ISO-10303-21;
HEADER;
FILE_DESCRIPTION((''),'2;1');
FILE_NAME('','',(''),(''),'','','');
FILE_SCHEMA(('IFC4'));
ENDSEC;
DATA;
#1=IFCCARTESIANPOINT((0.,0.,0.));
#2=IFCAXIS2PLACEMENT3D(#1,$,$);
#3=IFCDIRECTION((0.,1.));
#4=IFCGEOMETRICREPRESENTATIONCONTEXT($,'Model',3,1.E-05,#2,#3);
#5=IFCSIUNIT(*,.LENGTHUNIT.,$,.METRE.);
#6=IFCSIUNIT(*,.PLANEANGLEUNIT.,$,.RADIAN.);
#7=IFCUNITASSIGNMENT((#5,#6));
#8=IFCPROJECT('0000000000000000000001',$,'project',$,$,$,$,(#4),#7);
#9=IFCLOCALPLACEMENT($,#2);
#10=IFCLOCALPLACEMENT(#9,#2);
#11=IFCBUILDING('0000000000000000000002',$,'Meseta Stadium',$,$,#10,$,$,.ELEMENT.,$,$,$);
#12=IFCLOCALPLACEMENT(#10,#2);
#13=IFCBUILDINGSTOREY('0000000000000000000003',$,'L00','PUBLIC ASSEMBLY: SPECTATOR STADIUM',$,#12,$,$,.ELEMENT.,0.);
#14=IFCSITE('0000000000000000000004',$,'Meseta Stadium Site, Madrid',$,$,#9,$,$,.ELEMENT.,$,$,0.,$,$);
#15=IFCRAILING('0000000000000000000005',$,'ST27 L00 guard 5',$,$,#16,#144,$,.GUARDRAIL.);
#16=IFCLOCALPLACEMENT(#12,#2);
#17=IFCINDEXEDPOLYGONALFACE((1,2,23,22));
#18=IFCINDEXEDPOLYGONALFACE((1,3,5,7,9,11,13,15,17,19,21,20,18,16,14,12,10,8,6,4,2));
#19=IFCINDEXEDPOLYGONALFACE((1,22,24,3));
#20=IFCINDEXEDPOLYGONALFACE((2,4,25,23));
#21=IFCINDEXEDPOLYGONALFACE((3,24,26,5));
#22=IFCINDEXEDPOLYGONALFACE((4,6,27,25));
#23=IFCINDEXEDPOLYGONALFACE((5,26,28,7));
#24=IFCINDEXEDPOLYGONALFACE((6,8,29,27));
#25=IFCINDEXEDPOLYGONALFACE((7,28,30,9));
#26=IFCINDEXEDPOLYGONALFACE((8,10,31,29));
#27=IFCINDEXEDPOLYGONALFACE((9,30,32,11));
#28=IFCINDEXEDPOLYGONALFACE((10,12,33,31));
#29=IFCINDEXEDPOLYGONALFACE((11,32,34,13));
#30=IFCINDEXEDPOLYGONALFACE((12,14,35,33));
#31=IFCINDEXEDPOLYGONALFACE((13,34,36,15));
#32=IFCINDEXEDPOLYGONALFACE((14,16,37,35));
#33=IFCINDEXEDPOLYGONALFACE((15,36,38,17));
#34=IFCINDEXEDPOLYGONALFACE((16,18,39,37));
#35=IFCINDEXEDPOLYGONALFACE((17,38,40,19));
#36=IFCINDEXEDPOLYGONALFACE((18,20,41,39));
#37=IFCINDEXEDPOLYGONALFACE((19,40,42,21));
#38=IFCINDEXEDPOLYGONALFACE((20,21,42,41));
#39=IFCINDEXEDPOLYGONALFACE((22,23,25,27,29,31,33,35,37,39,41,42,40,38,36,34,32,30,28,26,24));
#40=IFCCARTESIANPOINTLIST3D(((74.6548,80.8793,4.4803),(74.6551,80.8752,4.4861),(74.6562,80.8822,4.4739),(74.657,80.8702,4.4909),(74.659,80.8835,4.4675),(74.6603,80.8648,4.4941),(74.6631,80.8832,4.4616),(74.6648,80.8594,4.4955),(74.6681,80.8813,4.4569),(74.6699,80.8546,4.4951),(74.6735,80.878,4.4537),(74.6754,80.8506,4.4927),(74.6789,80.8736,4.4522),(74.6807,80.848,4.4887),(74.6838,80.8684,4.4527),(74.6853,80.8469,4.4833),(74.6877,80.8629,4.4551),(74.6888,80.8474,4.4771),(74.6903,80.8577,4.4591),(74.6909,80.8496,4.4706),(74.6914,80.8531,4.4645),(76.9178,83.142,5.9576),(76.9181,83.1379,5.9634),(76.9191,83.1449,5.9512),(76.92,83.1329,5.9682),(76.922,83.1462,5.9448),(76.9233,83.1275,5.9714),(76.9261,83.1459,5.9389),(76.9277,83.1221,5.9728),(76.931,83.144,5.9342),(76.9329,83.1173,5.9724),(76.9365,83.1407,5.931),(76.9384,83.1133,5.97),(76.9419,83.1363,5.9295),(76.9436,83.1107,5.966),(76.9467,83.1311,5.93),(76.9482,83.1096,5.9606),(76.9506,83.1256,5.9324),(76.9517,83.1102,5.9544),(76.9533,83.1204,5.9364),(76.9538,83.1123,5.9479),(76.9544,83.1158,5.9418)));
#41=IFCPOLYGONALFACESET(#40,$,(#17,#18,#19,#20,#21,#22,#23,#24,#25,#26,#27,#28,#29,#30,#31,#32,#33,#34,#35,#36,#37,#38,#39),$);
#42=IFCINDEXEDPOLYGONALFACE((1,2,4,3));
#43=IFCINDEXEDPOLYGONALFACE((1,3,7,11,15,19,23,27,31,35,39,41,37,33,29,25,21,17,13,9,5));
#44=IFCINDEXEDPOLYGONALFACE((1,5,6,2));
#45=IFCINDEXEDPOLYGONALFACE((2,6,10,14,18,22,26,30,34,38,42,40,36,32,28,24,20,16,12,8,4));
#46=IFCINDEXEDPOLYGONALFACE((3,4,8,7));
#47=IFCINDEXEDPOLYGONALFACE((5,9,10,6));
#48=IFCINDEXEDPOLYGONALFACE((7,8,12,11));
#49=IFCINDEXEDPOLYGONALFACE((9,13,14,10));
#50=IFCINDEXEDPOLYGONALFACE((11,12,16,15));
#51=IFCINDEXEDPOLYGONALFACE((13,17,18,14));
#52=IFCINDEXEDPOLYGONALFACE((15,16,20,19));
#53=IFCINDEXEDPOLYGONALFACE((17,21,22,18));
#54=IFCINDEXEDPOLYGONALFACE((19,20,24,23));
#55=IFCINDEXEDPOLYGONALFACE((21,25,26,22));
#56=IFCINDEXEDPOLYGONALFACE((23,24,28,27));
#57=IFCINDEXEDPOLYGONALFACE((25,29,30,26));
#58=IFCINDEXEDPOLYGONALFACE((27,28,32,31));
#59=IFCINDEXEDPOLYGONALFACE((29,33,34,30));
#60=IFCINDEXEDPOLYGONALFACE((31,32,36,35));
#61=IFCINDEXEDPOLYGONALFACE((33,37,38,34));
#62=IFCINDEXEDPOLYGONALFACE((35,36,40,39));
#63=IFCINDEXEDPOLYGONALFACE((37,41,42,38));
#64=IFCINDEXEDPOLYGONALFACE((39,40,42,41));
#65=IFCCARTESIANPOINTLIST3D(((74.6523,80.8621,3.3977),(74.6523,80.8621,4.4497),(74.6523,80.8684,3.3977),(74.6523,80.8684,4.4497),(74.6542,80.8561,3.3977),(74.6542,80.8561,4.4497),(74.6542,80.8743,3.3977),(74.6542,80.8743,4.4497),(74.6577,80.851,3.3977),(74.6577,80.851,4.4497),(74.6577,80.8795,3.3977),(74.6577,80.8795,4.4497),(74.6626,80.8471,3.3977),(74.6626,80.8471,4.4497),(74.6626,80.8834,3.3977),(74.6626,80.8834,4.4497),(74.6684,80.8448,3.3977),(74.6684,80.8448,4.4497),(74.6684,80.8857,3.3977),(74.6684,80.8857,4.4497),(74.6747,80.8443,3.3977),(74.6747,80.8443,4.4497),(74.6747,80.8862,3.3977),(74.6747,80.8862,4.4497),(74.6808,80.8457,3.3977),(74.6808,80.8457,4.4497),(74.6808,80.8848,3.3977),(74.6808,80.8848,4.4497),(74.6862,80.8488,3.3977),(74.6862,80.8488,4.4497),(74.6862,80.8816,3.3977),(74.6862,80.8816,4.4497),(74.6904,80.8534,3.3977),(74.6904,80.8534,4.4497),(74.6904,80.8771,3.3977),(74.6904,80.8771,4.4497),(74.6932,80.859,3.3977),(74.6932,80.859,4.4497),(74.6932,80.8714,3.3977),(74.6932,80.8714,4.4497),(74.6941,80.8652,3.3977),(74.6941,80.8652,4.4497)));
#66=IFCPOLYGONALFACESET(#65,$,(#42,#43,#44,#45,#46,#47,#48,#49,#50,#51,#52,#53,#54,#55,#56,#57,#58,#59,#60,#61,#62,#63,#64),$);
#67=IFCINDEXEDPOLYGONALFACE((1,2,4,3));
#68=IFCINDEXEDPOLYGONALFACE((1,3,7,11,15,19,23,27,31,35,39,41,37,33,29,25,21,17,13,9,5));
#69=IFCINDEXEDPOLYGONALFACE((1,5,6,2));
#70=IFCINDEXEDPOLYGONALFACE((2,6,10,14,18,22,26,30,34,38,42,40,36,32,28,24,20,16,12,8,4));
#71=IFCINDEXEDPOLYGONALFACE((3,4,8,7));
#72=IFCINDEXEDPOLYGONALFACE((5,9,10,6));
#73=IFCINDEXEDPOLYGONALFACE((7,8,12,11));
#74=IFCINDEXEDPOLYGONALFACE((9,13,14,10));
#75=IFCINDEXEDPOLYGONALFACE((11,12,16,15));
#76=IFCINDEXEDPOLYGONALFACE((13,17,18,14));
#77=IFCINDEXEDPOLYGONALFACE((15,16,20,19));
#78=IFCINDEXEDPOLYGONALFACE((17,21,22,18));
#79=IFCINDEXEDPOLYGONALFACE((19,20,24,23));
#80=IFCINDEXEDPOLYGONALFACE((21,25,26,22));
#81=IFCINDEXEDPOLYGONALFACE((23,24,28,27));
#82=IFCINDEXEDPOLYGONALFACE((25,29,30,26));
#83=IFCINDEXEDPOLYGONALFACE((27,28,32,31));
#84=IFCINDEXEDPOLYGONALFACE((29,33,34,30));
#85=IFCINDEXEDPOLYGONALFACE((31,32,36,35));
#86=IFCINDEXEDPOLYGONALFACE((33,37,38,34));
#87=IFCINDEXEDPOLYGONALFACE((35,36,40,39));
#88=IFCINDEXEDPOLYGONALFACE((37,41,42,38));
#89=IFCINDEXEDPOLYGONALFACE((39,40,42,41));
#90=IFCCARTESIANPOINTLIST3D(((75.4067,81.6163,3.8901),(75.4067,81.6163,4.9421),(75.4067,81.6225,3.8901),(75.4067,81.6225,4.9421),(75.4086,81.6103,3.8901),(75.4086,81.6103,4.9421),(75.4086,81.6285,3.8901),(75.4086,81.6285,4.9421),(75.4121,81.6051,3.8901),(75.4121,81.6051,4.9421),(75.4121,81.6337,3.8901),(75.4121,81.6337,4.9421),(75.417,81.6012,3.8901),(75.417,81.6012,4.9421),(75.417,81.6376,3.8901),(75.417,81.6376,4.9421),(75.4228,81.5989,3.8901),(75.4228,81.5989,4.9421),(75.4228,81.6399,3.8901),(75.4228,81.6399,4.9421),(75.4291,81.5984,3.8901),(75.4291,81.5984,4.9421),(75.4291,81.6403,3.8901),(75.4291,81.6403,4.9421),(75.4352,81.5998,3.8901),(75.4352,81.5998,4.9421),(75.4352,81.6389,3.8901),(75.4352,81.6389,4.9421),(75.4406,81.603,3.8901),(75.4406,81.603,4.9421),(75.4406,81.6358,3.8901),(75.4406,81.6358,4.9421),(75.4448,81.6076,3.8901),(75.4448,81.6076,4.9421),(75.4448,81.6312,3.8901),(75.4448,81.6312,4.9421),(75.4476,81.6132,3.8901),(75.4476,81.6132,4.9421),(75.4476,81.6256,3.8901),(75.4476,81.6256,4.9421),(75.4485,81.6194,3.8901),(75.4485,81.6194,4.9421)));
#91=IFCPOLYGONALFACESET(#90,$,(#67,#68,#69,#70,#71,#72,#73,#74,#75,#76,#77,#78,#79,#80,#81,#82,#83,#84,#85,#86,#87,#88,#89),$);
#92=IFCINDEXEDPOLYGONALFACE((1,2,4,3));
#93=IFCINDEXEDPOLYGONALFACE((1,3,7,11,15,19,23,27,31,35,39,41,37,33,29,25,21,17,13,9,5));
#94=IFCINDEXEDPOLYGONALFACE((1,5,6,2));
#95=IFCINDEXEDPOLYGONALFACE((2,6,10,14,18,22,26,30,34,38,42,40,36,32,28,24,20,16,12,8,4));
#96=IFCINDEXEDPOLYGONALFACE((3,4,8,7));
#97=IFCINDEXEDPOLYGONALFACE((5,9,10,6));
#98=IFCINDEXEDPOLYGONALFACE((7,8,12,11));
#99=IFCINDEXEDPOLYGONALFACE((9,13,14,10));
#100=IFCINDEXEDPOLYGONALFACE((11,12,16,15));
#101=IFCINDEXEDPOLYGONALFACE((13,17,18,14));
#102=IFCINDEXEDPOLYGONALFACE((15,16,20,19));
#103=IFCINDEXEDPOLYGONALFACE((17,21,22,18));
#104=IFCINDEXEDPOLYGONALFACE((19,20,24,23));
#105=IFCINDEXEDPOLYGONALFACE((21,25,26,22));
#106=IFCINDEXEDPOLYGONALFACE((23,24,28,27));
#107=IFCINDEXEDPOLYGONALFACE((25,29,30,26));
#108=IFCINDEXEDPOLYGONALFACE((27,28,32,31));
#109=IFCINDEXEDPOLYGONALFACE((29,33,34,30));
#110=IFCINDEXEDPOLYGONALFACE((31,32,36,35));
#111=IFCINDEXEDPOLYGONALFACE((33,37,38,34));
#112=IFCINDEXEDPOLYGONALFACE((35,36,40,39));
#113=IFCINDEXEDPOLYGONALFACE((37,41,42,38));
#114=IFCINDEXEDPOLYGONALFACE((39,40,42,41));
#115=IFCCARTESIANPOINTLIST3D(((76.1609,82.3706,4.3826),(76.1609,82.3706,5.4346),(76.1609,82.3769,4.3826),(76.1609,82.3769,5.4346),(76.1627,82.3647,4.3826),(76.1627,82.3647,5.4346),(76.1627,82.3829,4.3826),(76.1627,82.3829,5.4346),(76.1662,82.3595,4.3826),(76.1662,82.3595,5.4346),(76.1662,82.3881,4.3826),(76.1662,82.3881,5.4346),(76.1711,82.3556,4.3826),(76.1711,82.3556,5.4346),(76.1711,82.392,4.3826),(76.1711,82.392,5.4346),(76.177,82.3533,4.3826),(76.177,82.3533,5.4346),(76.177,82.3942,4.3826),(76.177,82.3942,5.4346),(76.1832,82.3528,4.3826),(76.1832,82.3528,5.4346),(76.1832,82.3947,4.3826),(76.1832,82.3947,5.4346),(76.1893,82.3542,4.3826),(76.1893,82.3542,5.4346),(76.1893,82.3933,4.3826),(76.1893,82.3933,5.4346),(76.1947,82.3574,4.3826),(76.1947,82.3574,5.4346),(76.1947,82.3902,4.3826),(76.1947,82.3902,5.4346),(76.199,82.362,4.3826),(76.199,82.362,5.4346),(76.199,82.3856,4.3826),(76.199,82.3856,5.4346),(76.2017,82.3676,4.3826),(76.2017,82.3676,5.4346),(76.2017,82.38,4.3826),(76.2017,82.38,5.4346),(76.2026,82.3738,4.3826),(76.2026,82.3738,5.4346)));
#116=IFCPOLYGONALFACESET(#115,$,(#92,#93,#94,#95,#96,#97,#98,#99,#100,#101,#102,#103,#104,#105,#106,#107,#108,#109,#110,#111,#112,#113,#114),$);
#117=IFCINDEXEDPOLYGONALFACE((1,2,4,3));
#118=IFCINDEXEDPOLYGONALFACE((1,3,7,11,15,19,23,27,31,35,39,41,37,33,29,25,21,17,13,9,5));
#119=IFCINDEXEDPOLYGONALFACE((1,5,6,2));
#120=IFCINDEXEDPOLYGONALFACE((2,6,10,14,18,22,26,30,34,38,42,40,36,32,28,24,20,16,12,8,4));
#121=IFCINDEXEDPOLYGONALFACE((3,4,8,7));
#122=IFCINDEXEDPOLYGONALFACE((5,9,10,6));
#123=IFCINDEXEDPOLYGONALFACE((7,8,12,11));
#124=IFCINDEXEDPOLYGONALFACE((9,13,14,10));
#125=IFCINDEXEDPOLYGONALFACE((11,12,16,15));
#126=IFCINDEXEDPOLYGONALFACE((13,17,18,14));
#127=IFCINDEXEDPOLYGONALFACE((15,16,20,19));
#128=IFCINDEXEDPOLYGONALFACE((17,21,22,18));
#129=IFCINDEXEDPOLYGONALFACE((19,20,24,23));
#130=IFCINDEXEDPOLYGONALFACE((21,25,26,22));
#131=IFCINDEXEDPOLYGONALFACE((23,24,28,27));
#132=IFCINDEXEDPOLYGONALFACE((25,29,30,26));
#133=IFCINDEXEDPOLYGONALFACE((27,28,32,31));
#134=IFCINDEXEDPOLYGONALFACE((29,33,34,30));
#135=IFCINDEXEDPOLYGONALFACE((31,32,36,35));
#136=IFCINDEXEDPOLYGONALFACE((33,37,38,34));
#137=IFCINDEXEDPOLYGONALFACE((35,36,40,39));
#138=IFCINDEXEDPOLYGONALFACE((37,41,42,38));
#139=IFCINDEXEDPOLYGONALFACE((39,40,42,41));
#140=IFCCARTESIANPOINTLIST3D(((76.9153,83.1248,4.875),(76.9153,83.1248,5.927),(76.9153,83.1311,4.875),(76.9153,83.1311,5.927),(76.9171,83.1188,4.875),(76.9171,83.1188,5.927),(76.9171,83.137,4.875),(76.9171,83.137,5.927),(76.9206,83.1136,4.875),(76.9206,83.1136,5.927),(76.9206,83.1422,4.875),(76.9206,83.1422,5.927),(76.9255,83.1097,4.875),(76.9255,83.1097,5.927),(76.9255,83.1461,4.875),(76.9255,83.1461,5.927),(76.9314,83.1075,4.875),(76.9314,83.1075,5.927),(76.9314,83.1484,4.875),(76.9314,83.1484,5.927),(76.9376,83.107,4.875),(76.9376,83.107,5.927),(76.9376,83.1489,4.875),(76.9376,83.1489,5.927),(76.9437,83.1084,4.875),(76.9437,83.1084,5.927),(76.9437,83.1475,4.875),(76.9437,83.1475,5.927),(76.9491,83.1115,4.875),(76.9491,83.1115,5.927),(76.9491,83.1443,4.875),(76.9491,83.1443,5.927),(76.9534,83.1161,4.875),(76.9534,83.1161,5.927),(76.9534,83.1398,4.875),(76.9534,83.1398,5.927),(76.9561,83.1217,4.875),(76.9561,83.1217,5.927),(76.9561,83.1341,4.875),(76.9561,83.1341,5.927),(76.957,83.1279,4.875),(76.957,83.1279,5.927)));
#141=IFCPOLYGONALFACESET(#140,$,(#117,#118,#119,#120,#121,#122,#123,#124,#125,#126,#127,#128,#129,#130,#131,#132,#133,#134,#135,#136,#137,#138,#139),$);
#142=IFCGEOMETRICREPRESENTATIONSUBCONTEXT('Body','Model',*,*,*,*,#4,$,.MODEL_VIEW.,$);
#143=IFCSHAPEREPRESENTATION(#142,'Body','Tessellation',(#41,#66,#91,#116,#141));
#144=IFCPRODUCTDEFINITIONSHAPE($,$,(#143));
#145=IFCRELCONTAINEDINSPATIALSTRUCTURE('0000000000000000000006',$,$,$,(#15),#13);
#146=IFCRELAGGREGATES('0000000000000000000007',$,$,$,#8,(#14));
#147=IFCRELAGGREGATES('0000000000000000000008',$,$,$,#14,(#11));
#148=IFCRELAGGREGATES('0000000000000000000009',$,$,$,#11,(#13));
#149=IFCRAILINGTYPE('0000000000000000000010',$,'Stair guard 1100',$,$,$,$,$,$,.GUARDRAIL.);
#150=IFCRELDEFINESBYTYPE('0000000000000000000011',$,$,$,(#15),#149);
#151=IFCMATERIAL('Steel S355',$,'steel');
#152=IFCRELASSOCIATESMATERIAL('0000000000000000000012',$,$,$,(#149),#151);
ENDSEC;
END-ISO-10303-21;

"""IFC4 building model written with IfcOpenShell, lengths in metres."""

from ifc_helpers import new_model, si_unit, direction, frame, origin, origin_2d, place, context, subcontext, project, spatial, circle, extrude, material, type_object, element, save


model = new_model("IFC4")

# Units and contexts
model_context = context("Model", 3, precision=1e-05, world=origin(), true_north=direction((0.0, 1.0)))
body_context = subcontext(model_context, "Body", "Model", "MODEL_VIEW")
ifc_project = project(units=[si_unit("LENGTHUNIT", "METRE"), si_unit("PLANEANGLEUNIT", "RADIAN")], contexts=[model_context])

# Site, building, storey
site_placement = place(None, origin())
site = spatial("IfcSite", under=ifc_project, at=site_placement, Name="Meseta Stadium Site, Madrid", CompositionType="ELEMENT", RefElevation=0.0)
building_placement = place(site_placement, origin())
building = spatial("IfcBuilding", under=site, at=building_placement, Name="Meseta Stadium", CompositionType="ELEMENT")
storey_placement = place(building_placement, origin())
storey = spatial("IfcBuildingStorey", under=building, at=storey_placement, Name="L00", Description="PUBLIC ASSEMBLY: SPECTATOR STADIUM", CompositionType="ELEMENT", Elevation=0.0)

# Railing
ifc_material_1 = material(Name="Steel S355", Category="steel")
railing_type_1 = type_object("IfcRailingType", Name="Stair guard 1100", PredefinedType="GUARDRAIL", material=ifc_material_1)
railing_1_placement = place(storey_placement, frame((74.6731, 80.8652, 3.3977)))
element("IfcRailing", 1, at=railing_1_placement, inside=storey, type_object=railing_type_1, Name="ST27 L00 guard 5", PredefinedType="GUARDRAIL", context=body_context, shape_type="SweptSolid", body=[
    extrude(circle(Radius=0.0239, at=origin_2d()), frame((0.0, 0.0, 1.0762), z_axis=(0.642034, 0.641965, 0.419134), x_axis=(-0.707069, 0.707145, 0.0)), (0.0, 0.0, 1.0), 3.5247),
    extrude(circle(Radius=0.021, at=origin_2d()), origin(), (0.0, 0.0, 1.0), 1.052),
    extrude(circle(Radius=0.021, at=origin_2d()), frame((0.7544, 0.7542, 0.4924)), (0.0, 0.0, 1.0), 1.052),
    extrude(circle(Radius=0.021, at=origin_2d()), frame((1.5085, 1.5085, 0.9849)), (0.0, 0.0, 1.0), 1.052),
    extrude(circle(Radius=0.021, at=origin_2d()), frame((2.2629, 2.2627, 1.4773)), (0.0, 0.0, 1.0), 1.052),
])

save(model, "model.ifc")
